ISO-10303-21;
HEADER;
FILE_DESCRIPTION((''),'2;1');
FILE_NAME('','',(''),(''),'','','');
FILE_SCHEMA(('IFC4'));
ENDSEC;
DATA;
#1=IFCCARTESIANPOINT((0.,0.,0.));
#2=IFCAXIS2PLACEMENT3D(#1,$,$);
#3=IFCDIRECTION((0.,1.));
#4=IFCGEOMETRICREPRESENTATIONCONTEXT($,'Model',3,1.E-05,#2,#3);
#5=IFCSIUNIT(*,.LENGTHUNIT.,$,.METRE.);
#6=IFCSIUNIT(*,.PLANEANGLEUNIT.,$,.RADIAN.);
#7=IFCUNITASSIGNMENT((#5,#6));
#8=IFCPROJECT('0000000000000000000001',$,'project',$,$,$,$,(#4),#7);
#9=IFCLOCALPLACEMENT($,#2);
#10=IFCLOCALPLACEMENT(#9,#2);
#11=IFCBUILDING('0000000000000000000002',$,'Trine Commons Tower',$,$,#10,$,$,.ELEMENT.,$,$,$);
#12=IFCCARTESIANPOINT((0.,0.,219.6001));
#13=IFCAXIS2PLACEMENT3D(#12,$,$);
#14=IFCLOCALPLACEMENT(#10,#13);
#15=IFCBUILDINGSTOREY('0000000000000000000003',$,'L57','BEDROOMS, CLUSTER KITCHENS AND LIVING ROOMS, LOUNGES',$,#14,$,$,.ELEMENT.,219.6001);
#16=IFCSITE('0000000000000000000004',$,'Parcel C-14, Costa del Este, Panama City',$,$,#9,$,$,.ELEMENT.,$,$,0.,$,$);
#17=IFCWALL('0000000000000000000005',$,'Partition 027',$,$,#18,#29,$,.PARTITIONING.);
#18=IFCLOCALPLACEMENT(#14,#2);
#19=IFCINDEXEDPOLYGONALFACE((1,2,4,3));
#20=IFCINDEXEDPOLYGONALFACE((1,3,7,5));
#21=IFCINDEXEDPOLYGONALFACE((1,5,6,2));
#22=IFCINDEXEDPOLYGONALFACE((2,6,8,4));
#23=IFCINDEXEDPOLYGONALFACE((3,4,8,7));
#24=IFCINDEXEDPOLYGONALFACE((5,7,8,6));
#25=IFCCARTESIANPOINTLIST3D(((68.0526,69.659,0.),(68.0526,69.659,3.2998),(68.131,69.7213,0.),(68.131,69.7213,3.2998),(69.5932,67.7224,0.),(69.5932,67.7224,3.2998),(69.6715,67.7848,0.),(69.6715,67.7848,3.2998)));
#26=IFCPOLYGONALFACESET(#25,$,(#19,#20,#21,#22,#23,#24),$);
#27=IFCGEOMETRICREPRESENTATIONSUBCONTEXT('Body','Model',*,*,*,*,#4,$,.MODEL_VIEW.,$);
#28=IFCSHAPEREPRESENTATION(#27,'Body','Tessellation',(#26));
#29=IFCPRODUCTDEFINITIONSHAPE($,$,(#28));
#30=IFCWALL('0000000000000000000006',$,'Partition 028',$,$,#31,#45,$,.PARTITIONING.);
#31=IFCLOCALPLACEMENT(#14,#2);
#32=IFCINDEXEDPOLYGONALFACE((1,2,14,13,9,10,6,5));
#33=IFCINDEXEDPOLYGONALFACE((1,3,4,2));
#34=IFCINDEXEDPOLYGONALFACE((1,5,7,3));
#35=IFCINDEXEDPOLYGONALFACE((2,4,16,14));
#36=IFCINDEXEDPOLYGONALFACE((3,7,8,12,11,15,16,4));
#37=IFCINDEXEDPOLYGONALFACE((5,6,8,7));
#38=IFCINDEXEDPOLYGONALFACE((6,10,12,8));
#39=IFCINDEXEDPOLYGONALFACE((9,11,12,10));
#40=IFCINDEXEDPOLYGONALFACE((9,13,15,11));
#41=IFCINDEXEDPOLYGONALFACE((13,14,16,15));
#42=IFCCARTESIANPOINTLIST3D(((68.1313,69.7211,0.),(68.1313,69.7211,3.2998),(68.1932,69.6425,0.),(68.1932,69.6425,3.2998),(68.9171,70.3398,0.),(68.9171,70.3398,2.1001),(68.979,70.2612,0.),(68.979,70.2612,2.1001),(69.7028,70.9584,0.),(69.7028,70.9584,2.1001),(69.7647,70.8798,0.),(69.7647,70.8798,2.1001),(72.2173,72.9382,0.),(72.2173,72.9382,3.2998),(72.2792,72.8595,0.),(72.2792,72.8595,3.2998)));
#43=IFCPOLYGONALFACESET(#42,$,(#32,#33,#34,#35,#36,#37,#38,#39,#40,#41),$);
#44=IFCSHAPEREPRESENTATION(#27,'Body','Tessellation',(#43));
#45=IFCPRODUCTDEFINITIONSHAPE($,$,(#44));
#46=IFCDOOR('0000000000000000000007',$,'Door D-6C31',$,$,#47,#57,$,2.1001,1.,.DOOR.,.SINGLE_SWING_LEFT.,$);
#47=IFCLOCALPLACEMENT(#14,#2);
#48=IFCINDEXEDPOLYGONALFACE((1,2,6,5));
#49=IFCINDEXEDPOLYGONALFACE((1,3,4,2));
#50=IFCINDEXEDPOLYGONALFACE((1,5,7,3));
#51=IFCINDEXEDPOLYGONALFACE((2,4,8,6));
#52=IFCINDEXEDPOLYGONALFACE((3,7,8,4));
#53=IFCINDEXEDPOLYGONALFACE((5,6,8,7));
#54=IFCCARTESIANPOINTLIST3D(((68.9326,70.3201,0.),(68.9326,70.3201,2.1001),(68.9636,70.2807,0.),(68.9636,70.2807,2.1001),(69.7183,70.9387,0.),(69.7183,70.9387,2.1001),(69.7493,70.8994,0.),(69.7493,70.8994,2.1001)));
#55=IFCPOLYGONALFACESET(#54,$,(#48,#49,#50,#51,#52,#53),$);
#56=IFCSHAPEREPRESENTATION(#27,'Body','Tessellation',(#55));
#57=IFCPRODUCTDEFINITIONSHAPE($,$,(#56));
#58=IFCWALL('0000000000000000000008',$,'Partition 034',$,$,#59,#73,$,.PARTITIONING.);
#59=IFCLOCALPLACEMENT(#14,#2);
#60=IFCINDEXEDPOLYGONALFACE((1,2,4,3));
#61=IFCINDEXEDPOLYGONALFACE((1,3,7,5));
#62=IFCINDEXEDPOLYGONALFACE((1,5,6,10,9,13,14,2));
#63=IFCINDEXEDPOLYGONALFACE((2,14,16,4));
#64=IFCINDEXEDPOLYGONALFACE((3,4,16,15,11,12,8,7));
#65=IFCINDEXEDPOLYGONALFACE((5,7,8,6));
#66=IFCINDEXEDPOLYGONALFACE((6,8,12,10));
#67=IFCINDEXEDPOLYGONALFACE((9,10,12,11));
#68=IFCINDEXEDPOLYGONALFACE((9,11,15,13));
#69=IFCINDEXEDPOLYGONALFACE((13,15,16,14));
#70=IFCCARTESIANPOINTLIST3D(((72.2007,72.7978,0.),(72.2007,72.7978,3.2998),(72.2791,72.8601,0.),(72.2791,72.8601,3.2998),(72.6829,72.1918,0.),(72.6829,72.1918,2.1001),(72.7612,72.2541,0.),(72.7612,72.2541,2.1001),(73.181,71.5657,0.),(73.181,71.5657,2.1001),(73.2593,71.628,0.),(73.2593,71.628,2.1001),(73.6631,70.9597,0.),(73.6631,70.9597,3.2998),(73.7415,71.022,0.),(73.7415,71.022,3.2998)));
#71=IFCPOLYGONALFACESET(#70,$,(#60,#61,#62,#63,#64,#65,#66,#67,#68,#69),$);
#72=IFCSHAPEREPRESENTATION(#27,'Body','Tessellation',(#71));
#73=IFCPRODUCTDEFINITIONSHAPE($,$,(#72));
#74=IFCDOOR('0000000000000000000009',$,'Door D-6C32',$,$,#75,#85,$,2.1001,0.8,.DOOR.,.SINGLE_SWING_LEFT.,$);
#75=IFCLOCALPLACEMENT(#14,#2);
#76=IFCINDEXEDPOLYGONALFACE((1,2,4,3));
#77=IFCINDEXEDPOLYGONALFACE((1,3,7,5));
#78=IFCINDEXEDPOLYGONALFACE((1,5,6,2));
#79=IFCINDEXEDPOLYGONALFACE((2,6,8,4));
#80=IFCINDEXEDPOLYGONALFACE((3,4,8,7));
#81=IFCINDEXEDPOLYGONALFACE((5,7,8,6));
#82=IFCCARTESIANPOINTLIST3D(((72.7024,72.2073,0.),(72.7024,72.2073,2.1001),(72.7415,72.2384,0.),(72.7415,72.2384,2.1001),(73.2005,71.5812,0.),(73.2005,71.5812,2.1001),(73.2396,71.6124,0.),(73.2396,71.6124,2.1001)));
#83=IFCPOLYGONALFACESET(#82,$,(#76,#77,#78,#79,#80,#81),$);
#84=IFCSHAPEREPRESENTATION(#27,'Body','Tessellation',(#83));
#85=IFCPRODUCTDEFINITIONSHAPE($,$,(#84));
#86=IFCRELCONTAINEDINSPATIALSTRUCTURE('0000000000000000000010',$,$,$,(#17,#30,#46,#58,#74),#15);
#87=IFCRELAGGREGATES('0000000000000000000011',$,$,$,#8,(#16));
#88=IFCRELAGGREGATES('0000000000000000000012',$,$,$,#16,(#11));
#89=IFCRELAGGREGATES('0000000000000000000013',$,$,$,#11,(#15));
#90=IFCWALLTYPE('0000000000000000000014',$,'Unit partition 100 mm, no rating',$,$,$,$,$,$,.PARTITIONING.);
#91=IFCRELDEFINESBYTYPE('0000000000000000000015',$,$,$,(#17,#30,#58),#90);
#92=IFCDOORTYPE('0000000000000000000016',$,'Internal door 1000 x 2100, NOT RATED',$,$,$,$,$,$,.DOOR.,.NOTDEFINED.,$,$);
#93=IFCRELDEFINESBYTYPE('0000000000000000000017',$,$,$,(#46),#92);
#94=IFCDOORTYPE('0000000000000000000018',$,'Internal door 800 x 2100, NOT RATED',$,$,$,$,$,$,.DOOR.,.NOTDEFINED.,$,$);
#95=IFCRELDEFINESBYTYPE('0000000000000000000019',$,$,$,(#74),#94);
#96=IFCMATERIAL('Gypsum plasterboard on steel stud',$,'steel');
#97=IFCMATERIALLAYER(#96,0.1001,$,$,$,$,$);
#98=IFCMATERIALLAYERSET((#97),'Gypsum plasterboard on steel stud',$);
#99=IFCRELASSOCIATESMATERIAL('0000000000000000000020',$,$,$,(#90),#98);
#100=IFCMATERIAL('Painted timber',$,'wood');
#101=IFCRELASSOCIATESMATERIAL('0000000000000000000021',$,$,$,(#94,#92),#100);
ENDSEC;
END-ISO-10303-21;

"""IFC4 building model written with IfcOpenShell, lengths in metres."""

from ifc_helpers import new_model, si_unit, direction, frame, frame_2d, origin, place, context, subcontext, project, spatial, rectangle, extrude, material, layer, layer_set, type_object, element, fill, save


model = new_model("IFC4")

# Units and contexts
model_context = context("Model", 3, precision=1e-05, world=origin(), true_north=direction((0.0, 1.0)))
body_context = subcontext(model_context, "Body", "Model", "MODEL_VIEW")
ifc_project = project(units=[si_unit("LENGTHUNIT", "METRE"), si_unit("PLANEANGLEUNIT", "RADIAN")], contexts=[model_context])

# Site, building, storey
site_placement = place(None, origin())
site = spatial("IfcSite", under=ifc_project, at=site_placement, Name="Parcel C-14, Costa del Este, Panama City", CompositionType="ELEMENT", RefElevation=0.0)
building_placement = place(site_placement, origin())
building = spatial("IfcBuilding", under=site, at=building_placement, Name="Trine Commons Tower", CompositionType="ELEMENT")
storey_placement = place(building_placement, frame((0.0, 0.0, 219.6001)))
storey = spatial("IfcBuildingStorey", under=building, at=storey_placement, Name="L57", Description="BEDROOMS, CLUSTER KITCHENS AND LIVING ROOMS, LOUNGES", CompositionType="ELEMENT", Elevation=219.6001)

# Shared definitions
ifc_material_1 = material(Name="Gypsum plasterboard on steel stud", Category="steel")

# Shared definitions
ifc_layer_1 = layer(ifc_material_1, 0.1001)
ifc_layer_set_1 = layer_set([ifc_layer_1], Name="Gypsum plasterboard on steel stud")
wall_type_1 = type_object("IfcWallType", Name="Unit partition 100 mm, no rating", PredefinedType="PARTITIONING", material=ifc_layer_set_1)
ifc_material_2 = material(Name="Painted timber", Category="wood")
door_type_1 = type_object("IfcDoorType", Name="Internal door 800 x 2100, NOT RATED", OperationType="NOTDEFINED", PredefinedType="DOOR", material=ifc_material_2)

# Wall
wall_1_placement = place(storey_placement, frame((68.0918, 69.6902, 0.0), z_axis=(0.0, 0.0, 1.0), x_axis=(0.622551, -0.782579, 0.0)))
element("IfcWall", 1, at=wall_1_placement, inside=storey, type_object=wall_type_1, Name="Partition 027", PredefinedType="PARTITIONING", context=body_context, shape_type="SweptSolid", body=[
    extrude(rectangle(XDim=2.4746, YDim=0.1001, at=frame_2d((1.2373, 0.0))), origin(), (0.0, 0.0, 1.0), 3.2998),
])

# Walls, openings, doors
wall_2_placement = place(storey_placement, frame((68.1624, 69.6819, 0.0), z_axis=(0.0, 0.0, 1.0), x_axis=(0.785696, 0.618613, 0.0)))
wall_2 = element("IfcWall", 2, at=wall_2_placement, inside=storey, type_object=wall_type_1, Name="Partition 028", PredefinedType="PARTITIONING", context=body_context, shape_type="SweptSolid", body=[
    extrude(rectangle(XDim=5.2004, YDim=0.1001, at=frame_2d((2.6001, 0.0))), origin(), (0.0, 0.0, 1.0), 3.2998),
])
opening_1_placement = place(wall_2_placement, frame((1.0, 0.0, 0.0)))
opening_1 = element("IfcOpeningElement", 3, at=opening_1_placement, cuts=wall_2, PredefinedType="OPENING", context=body_context, shape_type="SweptSolid", body=[
    extrude(rectangle(XDim=1.0, YDim=2.1001, at=frame_2d((0.5, 1.05))), frame((0.0, 0.0601, 0.0), z_axis=(0.0, -1.0, 0.0), x_axis=(1.0, 0.0, 0.0)), (0.0, 0.0, 1.0), 0.1201),
])
door_type_2 = type_object("IfcDoorType", Name="Internal door 1000 x 2100, NOT RATED", OperationType="NOTDEFINED", PredefinedType="DOOR", material=ifc_material_2)
door_1_placement = place(opening_1_placement, origin())
door_1 = element("IfcDoor", 4, at=door_1_placement, inside=storey, type_object=door_type_2, Name="Door D-6C31", OperationType="SINGLE_SWING_LEFT", OverallHeight=2.1001, OverallWidth=1.0, PredefinedType="DOOR", context=body_context, shape_type="SweptSolid", body=[
    extrude(rectangle(XDim=1.0, YDim=2.1001, at=frame_2d((0.5, 1.05))), frame((0.0, 0.0249, 0.0), z_axis=(0.0, -1.0, 0.0), x_axis=(1.0, 0.0, 0.0)), (0.0, 0.0, 1.0), 0.05),
])
fill(opening_1, door_1)
wall_3_placement = place(storey_placement, frame((72.24, 72.8289, 0.0), z_axis=(0.0, 0.0, 1.0), x_axis=(0.622589, -0.782549, 0.0)))
wall_3 = element("IfcWall", 5, at=wall_3_placement, inside=storey, type_object=wall_type_1, Name="Partition 034", PredefinedType="PARTITIONING", context=body_context, shape_type="SweptSolid", body=[
    extrude(rectangle(XDim=2.3489, YDim=0.1001, at=frame_2d((1.1743, 0.0))), origin(), (0.0, 0.0, 1.0), 3.2998),
])
opening_2_placement = place(wall_3_placement, frame((0.7744, 0.0, 0.0)))
opening_2 = element("IfcOpeningElement", 6, at=opening_2_placement, cuts=wall_3, PredefinedType="OPENING", context=body_context, shape_type="SweptSolid", body=[
    extrude(rectangle(XDim=0.8, YDim=2.1001, at=frame_2d((0.3999, 1.05))), frame((0.0, 0.0601, 0.0), z_axis=(0.0, -1.0, 0.0), x_axis=(1.0, 0.0, 0.0)), (0.0, 0.0, 1.0), 0.1201),
])
door_2_placement = place(opening_2_placement, origin())
door_2 = element("IfcDoor", 7, at=door_2_placement, inside=storey, type_object=door_type_1, Name="Door D-6C32", OperationType="SINGLE_SWING_LEFT", OverallHeight=2.1001, OverallWidth=0.8, PredefinedType="DOOR", context=body_context, shape_type="SweptSolid", body=[
    extrude(rectangle(XDim=0.8, YDim=2.1001, at=frame_2d((0.3999, 1.05))), frame((0.0, 0.0249, 0.0), z_axis=(0.0, -1.0, 0.0), x_axis=(1.0, 0.0, 0.0)), (0.0, 0.0, 1.0), 0.05),
])
fill(opening_2, door_2)

save(model, "model.ifc")
